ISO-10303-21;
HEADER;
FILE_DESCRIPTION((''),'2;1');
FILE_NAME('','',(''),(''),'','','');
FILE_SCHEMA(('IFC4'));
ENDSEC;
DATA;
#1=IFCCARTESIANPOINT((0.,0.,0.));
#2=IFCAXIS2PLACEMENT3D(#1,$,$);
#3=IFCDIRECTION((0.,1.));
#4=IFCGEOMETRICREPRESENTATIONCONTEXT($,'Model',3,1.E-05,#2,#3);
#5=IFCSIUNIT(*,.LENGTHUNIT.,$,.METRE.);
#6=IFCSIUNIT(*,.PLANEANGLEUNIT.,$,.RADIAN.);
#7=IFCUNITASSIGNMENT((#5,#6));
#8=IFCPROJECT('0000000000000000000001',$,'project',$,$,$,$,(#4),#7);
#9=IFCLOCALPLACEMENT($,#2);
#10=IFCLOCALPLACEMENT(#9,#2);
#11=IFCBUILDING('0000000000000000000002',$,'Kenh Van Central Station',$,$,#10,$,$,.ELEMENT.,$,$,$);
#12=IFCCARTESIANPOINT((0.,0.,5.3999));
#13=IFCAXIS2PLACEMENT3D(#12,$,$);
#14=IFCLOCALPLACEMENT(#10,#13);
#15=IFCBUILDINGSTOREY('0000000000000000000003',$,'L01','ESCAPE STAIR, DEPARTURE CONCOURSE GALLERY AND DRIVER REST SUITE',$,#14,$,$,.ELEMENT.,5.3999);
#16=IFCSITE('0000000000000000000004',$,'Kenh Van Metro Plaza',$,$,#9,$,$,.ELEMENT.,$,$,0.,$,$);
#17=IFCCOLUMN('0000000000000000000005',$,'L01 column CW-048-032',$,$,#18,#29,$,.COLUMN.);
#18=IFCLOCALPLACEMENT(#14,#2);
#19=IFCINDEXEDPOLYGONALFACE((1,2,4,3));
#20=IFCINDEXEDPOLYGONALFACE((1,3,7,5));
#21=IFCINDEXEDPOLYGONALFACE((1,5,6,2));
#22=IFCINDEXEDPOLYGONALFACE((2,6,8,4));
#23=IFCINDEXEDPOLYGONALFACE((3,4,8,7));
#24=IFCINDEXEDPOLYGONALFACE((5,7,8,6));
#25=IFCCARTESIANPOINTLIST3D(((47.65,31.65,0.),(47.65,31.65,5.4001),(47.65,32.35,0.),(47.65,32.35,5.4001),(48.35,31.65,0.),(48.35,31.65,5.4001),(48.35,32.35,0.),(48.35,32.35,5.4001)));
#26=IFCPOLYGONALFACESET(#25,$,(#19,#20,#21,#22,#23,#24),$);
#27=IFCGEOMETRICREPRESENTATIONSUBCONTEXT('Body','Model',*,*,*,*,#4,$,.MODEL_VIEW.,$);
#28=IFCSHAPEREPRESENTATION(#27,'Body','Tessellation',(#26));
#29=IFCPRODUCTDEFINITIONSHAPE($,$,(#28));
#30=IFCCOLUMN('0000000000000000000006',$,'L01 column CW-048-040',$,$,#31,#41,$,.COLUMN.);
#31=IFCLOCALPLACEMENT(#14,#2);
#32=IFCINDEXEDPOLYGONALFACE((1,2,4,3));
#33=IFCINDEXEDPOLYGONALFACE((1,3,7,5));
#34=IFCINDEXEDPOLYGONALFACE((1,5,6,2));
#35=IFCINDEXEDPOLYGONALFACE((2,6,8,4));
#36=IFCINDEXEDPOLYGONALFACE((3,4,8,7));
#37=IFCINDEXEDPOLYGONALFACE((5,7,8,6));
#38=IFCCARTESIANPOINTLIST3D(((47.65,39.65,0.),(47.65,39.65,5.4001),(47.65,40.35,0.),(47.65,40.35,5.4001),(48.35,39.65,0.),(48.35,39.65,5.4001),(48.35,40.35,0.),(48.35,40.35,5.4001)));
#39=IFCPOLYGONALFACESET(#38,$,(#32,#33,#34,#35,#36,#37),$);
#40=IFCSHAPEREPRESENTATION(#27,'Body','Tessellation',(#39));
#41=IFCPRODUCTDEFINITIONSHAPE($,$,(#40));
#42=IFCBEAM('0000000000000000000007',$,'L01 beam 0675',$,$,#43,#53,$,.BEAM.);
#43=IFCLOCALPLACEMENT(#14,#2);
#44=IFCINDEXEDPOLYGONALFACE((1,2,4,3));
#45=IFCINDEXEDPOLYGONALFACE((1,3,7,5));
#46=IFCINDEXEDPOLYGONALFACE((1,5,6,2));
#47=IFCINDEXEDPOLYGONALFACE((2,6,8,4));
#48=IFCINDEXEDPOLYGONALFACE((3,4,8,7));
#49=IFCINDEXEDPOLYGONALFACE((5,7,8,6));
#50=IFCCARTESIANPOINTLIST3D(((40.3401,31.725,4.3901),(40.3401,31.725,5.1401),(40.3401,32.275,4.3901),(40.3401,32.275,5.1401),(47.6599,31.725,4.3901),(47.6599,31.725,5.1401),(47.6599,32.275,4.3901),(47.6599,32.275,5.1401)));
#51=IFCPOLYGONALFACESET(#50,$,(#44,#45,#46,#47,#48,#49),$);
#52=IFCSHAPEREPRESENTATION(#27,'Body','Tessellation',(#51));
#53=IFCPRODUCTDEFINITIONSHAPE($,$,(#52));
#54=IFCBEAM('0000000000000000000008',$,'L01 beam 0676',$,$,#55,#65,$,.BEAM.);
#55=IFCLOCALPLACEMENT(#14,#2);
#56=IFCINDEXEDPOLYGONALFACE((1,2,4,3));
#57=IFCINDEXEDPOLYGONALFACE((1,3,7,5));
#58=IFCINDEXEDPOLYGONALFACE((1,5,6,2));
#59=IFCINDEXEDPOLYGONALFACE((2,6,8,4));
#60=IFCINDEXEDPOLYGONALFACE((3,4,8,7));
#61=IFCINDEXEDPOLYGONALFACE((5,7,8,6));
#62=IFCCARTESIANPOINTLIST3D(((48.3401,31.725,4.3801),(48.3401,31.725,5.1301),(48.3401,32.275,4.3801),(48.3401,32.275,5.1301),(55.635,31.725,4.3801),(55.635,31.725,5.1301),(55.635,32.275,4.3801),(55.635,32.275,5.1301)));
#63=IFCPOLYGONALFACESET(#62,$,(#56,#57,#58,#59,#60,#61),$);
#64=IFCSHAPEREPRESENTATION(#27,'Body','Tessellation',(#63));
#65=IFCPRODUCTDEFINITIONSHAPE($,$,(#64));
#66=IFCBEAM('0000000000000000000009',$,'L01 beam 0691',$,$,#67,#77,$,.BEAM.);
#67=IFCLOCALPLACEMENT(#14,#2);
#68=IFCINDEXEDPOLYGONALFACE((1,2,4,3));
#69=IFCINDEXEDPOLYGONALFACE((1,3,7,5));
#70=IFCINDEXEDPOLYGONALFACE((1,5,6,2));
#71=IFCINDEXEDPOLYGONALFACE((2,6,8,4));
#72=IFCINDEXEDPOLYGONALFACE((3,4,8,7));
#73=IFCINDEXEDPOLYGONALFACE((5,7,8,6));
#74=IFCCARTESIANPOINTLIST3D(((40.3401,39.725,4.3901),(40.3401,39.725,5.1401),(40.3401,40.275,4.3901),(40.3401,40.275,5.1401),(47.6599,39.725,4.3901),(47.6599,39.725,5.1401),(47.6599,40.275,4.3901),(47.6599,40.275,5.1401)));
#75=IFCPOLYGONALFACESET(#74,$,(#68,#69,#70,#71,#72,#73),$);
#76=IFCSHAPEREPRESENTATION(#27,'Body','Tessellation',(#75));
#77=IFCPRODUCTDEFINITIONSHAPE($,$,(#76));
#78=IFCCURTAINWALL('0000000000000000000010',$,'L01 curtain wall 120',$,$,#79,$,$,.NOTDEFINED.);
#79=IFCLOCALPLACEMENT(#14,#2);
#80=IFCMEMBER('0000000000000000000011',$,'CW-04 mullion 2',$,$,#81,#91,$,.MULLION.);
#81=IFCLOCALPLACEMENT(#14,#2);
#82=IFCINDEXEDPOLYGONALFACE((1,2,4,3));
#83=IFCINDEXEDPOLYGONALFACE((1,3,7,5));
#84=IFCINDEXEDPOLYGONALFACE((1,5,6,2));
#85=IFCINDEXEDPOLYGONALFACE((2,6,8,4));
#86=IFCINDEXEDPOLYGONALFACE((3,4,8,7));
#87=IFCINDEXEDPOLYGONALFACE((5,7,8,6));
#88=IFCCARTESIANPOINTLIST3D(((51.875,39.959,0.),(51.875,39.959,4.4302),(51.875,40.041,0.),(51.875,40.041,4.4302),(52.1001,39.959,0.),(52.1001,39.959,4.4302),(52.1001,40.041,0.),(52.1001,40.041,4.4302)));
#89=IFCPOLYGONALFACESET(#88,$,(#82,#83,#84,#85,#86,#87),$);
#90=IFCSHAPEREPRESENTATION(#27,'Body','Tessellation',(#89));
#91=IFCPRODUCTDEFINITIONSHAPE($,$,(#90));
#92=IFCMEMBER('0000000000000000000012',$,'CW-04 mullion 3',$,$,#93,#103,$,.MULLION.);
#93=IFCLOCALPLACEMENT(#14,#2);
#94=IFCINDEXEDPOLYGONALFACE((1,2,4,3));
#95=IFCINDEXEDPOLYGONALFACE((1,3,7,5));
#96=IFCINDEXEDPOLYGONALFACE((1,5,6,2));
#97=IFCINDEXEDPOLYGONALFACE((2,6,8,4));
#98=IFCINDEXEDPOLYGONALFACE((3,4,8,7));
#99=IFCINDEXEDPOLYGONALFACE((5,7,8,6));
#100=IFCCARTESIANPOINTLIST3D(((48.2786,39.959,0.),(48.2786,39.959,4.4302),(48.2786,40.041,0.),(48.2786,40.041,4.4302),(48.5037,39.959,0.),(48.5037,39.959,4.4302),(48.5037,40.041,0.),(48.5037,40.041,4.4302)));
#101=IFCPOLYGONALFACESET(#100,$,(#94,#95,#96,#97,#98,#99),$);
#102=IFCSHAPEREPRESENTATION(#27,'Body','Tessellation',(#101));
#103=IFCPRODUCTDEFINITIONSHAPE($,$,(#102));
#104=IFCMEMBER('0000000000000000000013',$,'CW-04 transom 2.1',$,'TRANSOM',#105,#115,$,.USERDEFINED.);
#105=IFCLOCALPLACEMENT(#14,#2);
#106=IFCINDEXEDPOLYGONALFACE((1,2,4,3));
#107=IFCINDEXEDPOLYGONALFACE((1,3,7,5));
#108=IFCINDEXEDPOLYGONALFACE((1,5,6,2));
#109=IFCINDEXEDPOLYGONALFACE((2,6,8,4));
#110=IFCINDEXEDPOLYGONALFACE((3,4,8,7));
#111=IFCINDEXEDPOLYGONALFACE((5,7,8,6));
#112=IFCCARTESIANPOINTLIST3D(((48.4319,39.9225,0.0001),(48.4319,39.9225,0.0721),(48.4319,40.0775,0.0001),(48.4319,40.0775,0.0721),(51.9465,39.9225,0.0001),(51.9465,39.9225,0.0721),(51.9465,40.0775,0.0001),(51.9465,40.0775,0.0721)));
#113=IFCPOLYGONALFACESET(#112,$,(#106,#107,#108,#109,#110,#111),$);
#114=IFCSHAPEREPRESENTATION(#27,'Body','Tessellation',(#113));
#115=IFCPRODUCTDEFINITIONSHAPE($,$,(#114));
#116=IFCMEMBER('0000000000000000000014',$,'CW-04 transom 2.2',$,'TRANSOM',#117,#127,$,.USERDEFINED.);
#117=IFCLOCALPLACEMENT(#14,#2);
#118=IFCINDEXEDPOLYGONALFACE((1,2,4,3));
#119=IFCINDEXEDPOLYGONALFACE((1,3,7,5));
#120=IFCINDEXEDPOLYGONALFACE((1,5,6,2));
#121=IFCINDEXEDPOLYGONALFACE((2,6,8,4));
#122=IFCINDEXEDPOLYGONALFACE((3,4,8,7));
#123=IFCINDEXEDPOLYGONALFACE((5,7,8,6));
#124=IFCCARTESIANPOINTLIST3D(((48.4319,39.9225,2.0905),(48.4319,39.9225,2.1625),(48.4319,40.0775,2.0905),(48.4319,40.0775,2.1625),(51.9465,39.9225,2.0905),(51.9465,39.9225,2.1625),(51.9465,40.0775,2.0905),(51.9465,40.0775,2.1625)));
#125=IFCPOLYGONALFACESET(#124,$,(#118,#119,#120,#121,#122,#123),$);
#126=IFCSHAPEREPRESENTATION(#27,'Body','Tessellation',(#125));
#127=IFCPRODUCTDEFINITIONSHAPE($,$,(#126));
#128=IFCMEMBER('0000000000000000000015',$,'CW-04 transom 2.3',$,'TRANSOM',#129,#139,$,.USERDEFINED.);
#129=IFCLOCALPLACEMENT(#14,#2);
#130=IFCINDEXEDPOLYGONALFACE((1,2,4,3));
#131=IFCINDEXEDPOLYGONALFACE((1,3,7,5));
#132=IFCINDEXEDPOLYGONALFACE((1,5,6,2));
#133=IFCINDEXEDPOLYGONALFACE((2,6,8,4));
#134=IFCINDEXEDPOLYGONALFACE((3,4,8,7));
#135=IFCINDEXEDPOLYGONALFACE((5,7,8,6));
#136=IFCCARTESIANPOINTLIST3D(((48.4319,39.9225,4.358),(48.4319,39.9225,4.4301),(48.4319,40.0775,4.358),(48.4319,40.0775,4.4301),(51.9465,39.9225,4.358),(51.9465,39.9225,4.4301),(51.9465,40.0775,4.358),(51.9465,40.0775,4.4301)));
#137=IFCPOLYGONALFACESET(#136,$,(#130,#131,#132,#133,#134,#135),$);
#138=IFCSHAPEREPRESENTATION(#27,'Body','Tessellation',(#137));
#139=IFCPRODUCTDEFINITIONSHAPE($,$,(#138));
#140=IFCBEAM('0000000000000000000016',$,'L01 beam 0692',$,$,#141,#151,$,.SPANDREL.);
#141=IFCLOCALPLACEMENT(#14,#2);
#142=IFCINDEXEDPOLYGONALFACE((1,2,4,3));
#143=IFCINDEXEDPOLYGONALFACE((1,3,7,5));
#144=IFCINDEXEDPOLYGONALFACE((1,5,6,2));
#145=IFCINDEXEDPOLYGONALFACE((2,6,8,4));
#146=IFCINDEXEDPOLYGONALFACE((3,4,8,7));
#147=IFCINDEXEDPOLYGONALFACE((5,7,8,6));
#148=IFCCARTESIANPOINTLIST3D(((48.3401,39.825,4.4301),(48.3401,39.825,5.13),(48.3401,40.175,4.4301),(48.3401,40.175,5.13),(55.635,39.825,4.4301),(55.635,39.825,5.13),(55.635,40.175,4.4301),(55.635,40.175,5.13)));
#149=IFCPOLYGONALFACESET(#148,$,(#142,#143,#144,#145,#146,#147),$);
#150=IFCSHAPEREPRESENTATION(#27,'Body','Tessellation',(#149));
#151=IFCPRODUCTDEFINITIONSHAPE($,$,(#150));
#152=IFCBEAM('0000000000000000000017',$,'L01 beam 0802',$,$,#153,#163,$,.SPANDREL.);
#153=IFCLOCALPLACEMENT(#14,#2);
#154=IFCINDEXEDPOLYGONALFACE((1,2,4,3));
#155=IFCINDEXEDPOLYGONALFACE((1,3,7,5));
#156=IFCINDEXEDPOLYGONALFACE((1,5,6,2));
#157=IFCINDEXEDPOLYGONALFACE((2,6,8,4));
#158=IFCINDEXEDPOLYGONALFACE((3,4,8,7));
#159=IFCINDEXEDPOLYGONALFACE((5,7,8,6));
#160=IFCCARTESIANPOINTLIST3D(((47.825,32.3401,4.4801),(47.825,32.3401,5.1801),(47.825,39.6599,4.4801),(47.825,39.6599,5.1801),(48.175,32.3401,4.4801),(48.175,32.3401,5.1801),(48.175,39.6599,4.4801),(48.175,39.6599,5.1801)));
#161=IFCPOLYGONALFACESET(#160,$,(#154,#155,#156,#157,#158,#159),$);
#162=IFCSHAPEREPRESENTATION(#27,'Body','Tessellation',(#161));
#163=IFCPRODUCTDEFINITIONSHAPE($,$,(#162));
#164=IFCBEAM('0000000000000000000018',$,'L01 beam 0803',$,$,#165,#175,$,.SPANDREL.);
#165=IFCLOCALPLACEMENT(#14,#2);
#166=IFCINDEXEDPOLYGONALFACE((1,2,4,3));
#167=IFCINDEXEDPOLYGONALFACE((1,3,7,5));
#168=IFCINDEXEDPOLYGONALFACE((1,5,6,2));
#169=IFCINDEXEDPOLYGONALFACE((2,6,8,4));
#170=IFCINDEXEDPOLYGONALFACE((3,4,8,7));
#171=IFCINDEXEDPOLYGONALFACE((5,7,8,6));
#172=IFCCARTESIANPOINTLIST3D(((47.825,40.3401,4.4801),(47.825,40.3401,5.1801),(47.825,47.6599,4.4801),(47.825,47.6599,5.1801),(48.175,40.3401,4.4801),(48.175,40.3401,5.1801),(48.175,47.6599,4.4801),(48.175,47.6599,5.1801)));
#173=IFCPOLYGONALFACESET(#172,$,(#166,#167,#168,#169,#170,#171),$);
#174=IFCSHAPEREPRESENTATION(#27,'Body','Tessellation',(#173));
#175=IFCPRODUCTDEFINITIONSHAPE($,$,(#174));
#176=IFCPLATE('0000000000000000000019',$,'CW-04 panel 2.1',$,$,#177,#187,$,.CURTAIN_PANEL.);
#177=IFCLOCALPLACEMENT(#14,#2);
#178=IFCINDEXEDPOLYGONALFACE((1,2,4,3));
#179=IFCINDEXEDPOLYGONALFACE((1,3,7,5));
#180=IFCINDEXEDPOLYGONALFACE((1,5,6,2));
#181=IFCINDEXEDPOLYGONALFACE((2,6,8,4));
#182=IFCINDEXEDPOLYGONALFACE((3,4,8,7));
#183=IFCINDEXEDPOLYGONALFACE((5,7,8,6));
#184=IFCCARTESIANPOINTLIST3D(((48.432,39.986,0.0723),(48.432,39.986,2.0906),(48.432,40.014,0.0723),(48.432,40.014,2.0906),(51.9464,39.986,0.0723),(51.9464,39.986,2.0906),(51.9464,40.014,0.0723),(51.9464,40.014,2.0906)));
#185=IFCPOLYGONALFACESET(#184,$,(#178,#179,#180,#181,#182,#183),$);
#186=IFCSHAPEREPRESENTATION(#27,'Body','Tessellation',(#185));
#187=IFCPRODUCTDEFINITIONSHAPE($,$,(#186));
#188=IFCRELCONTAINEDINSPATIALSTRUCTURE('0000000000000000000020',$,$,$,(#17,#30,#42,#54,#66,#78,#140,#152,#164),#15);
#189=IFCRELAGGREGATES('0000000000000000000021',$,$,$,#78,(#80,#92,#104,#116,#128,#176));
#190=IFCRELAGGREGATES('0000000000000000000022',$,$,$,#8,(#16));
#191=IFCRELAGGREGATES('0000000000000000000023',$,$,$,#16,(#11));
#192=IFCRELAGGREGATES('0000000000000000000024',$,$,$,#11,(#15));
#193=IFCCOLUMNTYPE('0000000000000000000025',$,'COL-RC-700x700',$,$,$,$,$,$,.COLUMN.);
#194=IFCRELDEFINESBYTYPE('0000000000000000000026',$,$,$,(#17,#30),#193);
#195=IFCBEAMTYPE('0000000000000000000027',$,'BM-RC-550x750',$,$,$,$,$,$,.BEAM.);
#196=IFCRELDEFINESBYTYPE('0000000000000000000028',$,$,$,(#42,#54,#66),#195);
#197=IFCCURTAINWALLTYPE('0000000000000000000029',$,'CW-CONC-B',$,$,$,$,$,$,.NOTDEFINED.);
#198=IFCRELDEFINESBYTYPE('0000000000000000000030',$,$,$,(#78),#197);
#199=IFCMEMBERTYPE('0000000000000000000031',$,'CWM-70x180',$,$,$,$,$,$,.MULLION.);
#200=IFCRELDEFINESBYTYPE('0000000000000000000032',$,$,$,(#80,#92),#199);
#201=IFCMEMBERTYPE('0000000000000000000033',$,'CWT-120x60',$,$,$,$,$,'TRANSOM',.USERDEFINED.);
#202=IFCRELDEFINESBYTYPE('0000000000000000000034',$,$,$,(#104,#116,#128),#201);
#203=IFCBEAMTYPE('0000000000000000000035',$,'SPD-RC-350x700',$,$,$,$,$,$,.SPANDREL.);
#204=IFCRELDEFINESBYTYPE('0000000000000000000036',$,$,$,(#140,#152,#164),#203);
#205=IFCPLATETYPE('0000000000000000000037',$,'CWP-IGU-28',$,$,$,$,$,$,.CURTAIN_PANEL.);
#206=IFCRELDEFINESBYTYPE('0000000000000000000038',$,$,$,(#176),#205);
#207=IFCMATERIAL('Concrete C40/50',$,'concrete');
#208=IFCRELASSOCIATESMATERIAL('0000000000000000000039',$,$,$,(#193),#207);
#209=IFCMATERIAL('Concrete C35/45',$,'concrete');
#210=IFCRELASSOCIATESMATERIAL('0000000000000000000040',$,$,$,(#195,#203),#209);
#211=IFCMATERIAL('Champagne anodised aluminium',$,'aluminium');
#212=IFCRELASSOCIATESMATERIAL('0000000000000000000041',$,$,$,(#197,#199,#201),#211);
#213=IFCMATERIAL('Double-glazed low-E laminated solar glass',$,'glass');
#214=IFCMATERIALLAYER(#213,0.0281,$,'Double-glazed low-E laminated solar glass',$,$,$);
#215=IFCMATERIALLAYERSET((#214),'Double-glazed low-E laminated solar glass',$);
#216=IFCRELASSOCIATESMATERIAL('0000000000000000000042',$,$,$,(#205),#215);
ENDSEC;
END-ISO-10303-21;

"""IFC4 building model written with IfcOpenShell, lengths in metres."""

from ifc_helpers import new_model, si_unit, direction, frame, origin, origin_2d, place, context, subcontext, project, spatial, rectangle, extrude, material, layer, layer_set, material_profile, profile_set, type_object, element, aggregate, save


model = new_model("IFC4")

# Units and contexts
model_context = context("Model", 3, precision=1e-05, world=origin(), true_north=direction((0.0, 1.0)))
body_context = subcontext(model_context, "Body", "Model", "MODEL_VIEW")
ifc_project = project(units=[si_unit("LENGTHUNIT", "METRE"), si_unit("PLANEANGLEUNIT", "RADIAN")], contexts=[model_context])

# Site, building, storey
site_placement = place(None, origin())
site = spatial("IfcSite", under=ifc_project, at=site_placement, Name="Kenh Van Metro Plaza", CompositionType="ELEMENT", RefElevation=0.0)
building_placement = place(site_placement, origin())
building = spatial("IfcBuilding", under=site, at=building_placement, Name="Kenh Van Central Station", CompositionType="ELEMENT")
storey_placement = place(building_placement, frame((0.0, 0.0, 5.3999)))
storey = spatial("IfcBuildingStorey", under=building, at=storey_placement, Name="L01", Description="ESCAPE STAIR, DEPARTURE CONCOURSE GALLERY AND DRIVER REST SUITE", CompositionType="ELEMENT", Elevation=5.3999)

# Columns
ifc_material_1 = material(Name="Concrete C40/50", Category="concrete")
ifc_material_profile_1 = material_profile(ifc_material_1, rectangle(XDim=0.7, YDim=0.7, at=origin_2d()), Name="RC 700x700")
ifc_profile_set_1 = profile_set([ifc_material_profile_1], Name="Concrete C40/50")
column_type = type_object("IfcColumnType", Name="COL-RC-700x700", PredefinedType="COLUMN", material=ifc_profile_set_1)
for number, where, z_axis, x_axis, name in (
    (1, (48.0, 32.0, 0.0), (0.0, 0.0, 1.0), (1.0, 0.0, 0.0), "L01 column CW-048-032"),
    (2, (48.0, 40.0, 0.0), (0.0, 0.0, 1.0), (1.0, 0.0, 0.0), "L01 column CW-048-040"),
):
    element("IfcColumn", number, at=place(storey_placement, frame(where, z_axis=z_axis, x_axis=x_axis)), inside=storey, type_object=column_type, Name=name, PredefinedType="COLUMN", context=body_context, shape_type="SweptSolid", body=[
        extrude(rectangle(XDim=0.7, YDim=0.7, at=origin_2d()), origin(), (0.0, 0.0, 1.0), 5.4001),
    ])

# Beams
ifc_material_2 = material(Name="Concrete C35/45", Category="concrete")
ifc_material_profile_2 = material_profile(ifc_material_2, rectangle(XDim=0.55, YDim=0.75, at=origin_2d()), Name="RC 550x750")
ifc_profile_set_2 = profile_set([ifc_material_profile_2], Name="Concrete C35/45")
beam_type_1 = type_object("IfcBeamType", Name="BM-RC-550x750", PredefinedType="BEAM", material=ifc_profile_set_2)
beam_1_placement = place(storey_placement, frame((40.3401, 32.0, 4.7651), z_axis=(1.0, 0.0, 0.0), x_axis=(0.0, 1.0, 0.0)))
element("IfcBeam", 3, at=beam_1_placement, inside=storey, type_object=beam_type_1, Name="L01 beam 0675", PredefinedType="BEAM", context=body_context, shape_type="SweptSolid", body=[
    extrude(rectangle(XDim=0.55, YDim=0.75, at=origin_2d()), origin(), (0.0, 0.0, 1.0), 7.3198),
])
beam_2_placement = place(storey_placement, frame((48.3401, 32.0, 4.7551), z_axis=(1.0, 0.0, 0.0), x_axis=(0.0, 1.0, 0.0)))
element("IfcBeam", 4, at=beam_2_placement, inside=storey, type_object=beam_type_1, Name="L01 beam 0676", PredefinedType="BEAM", context=body_context, shape_type="SweptSolid", body=[
    extrude(rectangle(XDim=0.55, YDim=0.75, at=origin_2d()), origin(), (0.0, 0.0, 1.0), 7.2949),
])
beam_3_placement = place(storey_placement, frame((40.3401, 40.0, 4.7651), z_axis=(1.0, 0.0, 0.0), x_axis=(0.0, 1.0, 0.0)))
element("IfcBeam", 5, at=beam_3_placement, inside=storey, type_object=beam_type_1, Name="L01 beam 0691", PredefinedType="BEAM", context=body_context, shape_type="SweptSolid", body=[
    extrude(rectangle(XDim=0.55, YDim=0.75, at=origin_2d()), origin(), (0.0, 0.0, 1.0), 7.3198),
])

# Curtain wall, members
ifc_material_3 = material(Name="Champagne anodised aluminium", Category="aluminium")
curtain_wall_type = type_object("IfcCurtainWallType", Name="CW-CONC-B", PredefinedType="NOTDEFINED", material=ifc_material_3)
curtain_wall_placement = place(storey_placement, origin())
curtain_wall = element("IfcCurtainWall", 6, at=curtain_wall_placement, inside=storey, type_object=curtain_wall_type, Name="L01 curtain wall 120", PredefinedType="NOTDEFINED")
ifc_material_profile_3 = material_profile(ifc_material_3, rectangle(XDim=0.082, YDim=0.2251, at=origin_2d()), Name="AL 82x225")
ifc_profile_set_3 = profile_set([ifc_material_profile_3], Name="Champagne anodised aluminium")
member_type_1 = type_object("IfcMemberType", Name="CWM-70x180", PredefinedType="MULLION", material=ifc_profile_set_3)
member_1_placement = place(storey_placement, frame((51.9875, 40.0, 0.0), z_axis=(0.0, 0.0, 1.0), x_axis=(0.0, -1.0, 0.0)))
member_1 = element("IfcMember", 7, at=member_1_placement, type_object=member_type_1, Name="CW-04 mullion 2", PredefinedType="MULLION", context=body_context, shape_type="SweptSolid", body=[
    extrude(rectangle(XDim=0.082, YDim=0.2251, at=origin_2d()), origin(), (0.0, 0.0, 1.0), 4.4302),
])
member_2_placement = place(storey_placement, frame((48.3911, 40.0, 0.0), z_axis=(0.0, 0.0, 1.0), x_axis=(0.0, -1.0, 0.0)))
member_2 = element("IfcMember", 8, at=member_2_placement, type_object=member_type_1, Name="CW-04 mullion 3", PredefinedType="MULLION", context=body_context, shape_type="SweptSolid", body=[
    extrude(rectangle(XDim=0.082, YDim=0.2251, at=origin_2d()), origin(), (0.0, 0.0, 1.0), 4.4302),
])
ifc_material_profile_4 = material_profile(ifc_material_3, rectangle(XDim=0.155, YDim=0.072, at=origin_2d()), Name="AL 155x72")
ifc_profile_set_4 = profile_set([ifc_material_profile_4], Name="Champagne anodised aluminium")
member_type_2 = type_object("IfcMemberType", Name="CWT-120x60", ElementType="TRANSOM", PredefinedType="USERDEFINED", material=ifc_profile_set_4)
member_3_placement = place(storey_placement, frame((51.9465, 40.0, 0.0361), z_axis=(-1.0, 0.0, 0.0), x_axis=(0.0, -1.0, 0.0)))
member_3 = element("IfcMember", 9, at=member_3_placement, type_object=member_type_2, Name="CW-04 transom 2.1", ObjectType="TRANSOM", PredefinedType="USERDEFINED", context=body_context, shape_type="SweptSolid", body=[
    extrude(rectangle(XDim=0.155, YDim=0.072, at=origin_2d()), origin(), (0.0, 0.0, 1.0), 3.5146),
])
member_4_placement = place(storey_placement, frame((51.9465, 40.0, 2.1265), z_axis=(-1.0, 0.0, 0.0), x_axis=(0.0, -1.0, 0.0)))
member_4 = element("IfcMember", 10, at=member_4_placement, type_object=member_type_2, Name="CW-04 transom 2.2", ObjectType="TRANSOM", PredefinedType="USERDEFINED", context=body_context, shape_type="SweptSolid", body=[
    extrude(rectangle(XDim=0.155, YDim=0.072, at=origin_2d()), origin(), (0.0, 0.0, 1.0), 3.5146),
])
member_5_placement = place(storey_placement, frame((51.9465, 40.0, 4.394), z_axis=(-1.0, 0.0, 0.0), x_axis=(0.0, -1.0, 0.0)))
member_5 = element("IfcMember", 11, at=member_5_placement, type_object=member_type_2, Name="CW-04 transom 2.3", ObjectType="TRANSOM", PredefinedType="USERDEFINED", context=body_context, shape_type="SweptSolid", body=[
    extrude(rectangle(XDim=0.155, YDim=0.072, at=origin_2d()), origin(), (0.0, 0.0, 1.0), 3.5146),
])

# Beams
ifc_material_profile_5 = material_profile(ifc_material_2, rectangle(XDim=0.3501, YDim=0.7, at=origin_2d()), Name="RC 350x700")
ifc_profile_set_5 = profile_set([ifc_material_profile_5], Name="Concrete C35/45")
beam_type_2 = type_object("IfcBeamType", Name="SPD-RC-350x700", PredefinedType="SPANDREL", material=ifc_profile_set_5)
beam_4_placement = place(storey_placement, frame((48.3401, 40.0, 4.78), z_axis=(1.0, 0.0, 0.0), x_axis=(0.0, 1.0, 0.0)))
element("IfcBeam", 12, at=beam_4_placement, inside=storey, type_object=beam_type_2, Name="L01 beam 0692", PredefinedType="SPANDREL", context=body_context, shape_type="SweptSolid", body=[
    extrude(rectangle(XDim=0.3501, YDim=0.7, at=origin_2d()), origin(), (0.0, 0.0, 1.0), 7.2949),
])
for number, where, z_axis, x_axis, name in (
    (13, (48.0, 32.3401, 4.8301), (0.0, 1.0, 0.0), (-1.0, 0.0, 0.0), "L01 beam 0802"),
    (14, (48.0, 40.3401, 4.8301), (0.0, 1.0, 0.0), (-1.0, 0.0, 0.0), "L01 beam 0803"),
):
    element("IfcBeam", number, at=place(storey_placement, frame(where, z_axis=z_axis, x_axis=x_axis)), inside=storey, type_object=beam_type_2, Name=name, PredefinedType="SPANDREL", context=body_context, shape_type="SweptSolid", body=[
        extrude(rectangle(XDim=0.3501, YDim=0.7, at=origin_2d()), origin(), (0.0, 0.0, 1.0), 7.3198),
    ])

# Plate
ifc_material_4 = material(Name="Double-glazed low-E laminated solar glass", Category="glass")
ifc_layer_1 = layer(ifc_material_4, 0.0281, Name="Double-glazed low-E laminated solar glass")
ifc_layer_set_1 = layer_set([ifc_layer_1], Name="Double-glazed low-E laminated solar glass")
plate_type = type_object("IfcPlateType", Name="CWP-IGU-28", PredefinedType="CURTAIN_PANEL", material=ifc_layer_set_1)
plate_1_placement = place(storey_placement, frame((50.1892, 40.0, 0.0723), z_axis=(0.0, 0.0, 1.0), x_axis=(-1.0, 0.0, 0.0)))
plate_1 = element("IfcPlate", 15, at=plate_1_placement, type_object=plate_type, Name="CW-04 panel 2.1", PredefinedType="CURTAIN_PANEL", context=body_context, shape_type="SweptSolid", body=[
    extrude(rectangle(XDim=3.5144, YDim=0.0281, at=origin_2d()), origin(), (0.0, 0.0, 1.0), 2.0183),
])
aggregate(curtain_wall, [member_1, member_2, member_3, member_4, member_5, plate_1])

save(model, "model.ifc")
